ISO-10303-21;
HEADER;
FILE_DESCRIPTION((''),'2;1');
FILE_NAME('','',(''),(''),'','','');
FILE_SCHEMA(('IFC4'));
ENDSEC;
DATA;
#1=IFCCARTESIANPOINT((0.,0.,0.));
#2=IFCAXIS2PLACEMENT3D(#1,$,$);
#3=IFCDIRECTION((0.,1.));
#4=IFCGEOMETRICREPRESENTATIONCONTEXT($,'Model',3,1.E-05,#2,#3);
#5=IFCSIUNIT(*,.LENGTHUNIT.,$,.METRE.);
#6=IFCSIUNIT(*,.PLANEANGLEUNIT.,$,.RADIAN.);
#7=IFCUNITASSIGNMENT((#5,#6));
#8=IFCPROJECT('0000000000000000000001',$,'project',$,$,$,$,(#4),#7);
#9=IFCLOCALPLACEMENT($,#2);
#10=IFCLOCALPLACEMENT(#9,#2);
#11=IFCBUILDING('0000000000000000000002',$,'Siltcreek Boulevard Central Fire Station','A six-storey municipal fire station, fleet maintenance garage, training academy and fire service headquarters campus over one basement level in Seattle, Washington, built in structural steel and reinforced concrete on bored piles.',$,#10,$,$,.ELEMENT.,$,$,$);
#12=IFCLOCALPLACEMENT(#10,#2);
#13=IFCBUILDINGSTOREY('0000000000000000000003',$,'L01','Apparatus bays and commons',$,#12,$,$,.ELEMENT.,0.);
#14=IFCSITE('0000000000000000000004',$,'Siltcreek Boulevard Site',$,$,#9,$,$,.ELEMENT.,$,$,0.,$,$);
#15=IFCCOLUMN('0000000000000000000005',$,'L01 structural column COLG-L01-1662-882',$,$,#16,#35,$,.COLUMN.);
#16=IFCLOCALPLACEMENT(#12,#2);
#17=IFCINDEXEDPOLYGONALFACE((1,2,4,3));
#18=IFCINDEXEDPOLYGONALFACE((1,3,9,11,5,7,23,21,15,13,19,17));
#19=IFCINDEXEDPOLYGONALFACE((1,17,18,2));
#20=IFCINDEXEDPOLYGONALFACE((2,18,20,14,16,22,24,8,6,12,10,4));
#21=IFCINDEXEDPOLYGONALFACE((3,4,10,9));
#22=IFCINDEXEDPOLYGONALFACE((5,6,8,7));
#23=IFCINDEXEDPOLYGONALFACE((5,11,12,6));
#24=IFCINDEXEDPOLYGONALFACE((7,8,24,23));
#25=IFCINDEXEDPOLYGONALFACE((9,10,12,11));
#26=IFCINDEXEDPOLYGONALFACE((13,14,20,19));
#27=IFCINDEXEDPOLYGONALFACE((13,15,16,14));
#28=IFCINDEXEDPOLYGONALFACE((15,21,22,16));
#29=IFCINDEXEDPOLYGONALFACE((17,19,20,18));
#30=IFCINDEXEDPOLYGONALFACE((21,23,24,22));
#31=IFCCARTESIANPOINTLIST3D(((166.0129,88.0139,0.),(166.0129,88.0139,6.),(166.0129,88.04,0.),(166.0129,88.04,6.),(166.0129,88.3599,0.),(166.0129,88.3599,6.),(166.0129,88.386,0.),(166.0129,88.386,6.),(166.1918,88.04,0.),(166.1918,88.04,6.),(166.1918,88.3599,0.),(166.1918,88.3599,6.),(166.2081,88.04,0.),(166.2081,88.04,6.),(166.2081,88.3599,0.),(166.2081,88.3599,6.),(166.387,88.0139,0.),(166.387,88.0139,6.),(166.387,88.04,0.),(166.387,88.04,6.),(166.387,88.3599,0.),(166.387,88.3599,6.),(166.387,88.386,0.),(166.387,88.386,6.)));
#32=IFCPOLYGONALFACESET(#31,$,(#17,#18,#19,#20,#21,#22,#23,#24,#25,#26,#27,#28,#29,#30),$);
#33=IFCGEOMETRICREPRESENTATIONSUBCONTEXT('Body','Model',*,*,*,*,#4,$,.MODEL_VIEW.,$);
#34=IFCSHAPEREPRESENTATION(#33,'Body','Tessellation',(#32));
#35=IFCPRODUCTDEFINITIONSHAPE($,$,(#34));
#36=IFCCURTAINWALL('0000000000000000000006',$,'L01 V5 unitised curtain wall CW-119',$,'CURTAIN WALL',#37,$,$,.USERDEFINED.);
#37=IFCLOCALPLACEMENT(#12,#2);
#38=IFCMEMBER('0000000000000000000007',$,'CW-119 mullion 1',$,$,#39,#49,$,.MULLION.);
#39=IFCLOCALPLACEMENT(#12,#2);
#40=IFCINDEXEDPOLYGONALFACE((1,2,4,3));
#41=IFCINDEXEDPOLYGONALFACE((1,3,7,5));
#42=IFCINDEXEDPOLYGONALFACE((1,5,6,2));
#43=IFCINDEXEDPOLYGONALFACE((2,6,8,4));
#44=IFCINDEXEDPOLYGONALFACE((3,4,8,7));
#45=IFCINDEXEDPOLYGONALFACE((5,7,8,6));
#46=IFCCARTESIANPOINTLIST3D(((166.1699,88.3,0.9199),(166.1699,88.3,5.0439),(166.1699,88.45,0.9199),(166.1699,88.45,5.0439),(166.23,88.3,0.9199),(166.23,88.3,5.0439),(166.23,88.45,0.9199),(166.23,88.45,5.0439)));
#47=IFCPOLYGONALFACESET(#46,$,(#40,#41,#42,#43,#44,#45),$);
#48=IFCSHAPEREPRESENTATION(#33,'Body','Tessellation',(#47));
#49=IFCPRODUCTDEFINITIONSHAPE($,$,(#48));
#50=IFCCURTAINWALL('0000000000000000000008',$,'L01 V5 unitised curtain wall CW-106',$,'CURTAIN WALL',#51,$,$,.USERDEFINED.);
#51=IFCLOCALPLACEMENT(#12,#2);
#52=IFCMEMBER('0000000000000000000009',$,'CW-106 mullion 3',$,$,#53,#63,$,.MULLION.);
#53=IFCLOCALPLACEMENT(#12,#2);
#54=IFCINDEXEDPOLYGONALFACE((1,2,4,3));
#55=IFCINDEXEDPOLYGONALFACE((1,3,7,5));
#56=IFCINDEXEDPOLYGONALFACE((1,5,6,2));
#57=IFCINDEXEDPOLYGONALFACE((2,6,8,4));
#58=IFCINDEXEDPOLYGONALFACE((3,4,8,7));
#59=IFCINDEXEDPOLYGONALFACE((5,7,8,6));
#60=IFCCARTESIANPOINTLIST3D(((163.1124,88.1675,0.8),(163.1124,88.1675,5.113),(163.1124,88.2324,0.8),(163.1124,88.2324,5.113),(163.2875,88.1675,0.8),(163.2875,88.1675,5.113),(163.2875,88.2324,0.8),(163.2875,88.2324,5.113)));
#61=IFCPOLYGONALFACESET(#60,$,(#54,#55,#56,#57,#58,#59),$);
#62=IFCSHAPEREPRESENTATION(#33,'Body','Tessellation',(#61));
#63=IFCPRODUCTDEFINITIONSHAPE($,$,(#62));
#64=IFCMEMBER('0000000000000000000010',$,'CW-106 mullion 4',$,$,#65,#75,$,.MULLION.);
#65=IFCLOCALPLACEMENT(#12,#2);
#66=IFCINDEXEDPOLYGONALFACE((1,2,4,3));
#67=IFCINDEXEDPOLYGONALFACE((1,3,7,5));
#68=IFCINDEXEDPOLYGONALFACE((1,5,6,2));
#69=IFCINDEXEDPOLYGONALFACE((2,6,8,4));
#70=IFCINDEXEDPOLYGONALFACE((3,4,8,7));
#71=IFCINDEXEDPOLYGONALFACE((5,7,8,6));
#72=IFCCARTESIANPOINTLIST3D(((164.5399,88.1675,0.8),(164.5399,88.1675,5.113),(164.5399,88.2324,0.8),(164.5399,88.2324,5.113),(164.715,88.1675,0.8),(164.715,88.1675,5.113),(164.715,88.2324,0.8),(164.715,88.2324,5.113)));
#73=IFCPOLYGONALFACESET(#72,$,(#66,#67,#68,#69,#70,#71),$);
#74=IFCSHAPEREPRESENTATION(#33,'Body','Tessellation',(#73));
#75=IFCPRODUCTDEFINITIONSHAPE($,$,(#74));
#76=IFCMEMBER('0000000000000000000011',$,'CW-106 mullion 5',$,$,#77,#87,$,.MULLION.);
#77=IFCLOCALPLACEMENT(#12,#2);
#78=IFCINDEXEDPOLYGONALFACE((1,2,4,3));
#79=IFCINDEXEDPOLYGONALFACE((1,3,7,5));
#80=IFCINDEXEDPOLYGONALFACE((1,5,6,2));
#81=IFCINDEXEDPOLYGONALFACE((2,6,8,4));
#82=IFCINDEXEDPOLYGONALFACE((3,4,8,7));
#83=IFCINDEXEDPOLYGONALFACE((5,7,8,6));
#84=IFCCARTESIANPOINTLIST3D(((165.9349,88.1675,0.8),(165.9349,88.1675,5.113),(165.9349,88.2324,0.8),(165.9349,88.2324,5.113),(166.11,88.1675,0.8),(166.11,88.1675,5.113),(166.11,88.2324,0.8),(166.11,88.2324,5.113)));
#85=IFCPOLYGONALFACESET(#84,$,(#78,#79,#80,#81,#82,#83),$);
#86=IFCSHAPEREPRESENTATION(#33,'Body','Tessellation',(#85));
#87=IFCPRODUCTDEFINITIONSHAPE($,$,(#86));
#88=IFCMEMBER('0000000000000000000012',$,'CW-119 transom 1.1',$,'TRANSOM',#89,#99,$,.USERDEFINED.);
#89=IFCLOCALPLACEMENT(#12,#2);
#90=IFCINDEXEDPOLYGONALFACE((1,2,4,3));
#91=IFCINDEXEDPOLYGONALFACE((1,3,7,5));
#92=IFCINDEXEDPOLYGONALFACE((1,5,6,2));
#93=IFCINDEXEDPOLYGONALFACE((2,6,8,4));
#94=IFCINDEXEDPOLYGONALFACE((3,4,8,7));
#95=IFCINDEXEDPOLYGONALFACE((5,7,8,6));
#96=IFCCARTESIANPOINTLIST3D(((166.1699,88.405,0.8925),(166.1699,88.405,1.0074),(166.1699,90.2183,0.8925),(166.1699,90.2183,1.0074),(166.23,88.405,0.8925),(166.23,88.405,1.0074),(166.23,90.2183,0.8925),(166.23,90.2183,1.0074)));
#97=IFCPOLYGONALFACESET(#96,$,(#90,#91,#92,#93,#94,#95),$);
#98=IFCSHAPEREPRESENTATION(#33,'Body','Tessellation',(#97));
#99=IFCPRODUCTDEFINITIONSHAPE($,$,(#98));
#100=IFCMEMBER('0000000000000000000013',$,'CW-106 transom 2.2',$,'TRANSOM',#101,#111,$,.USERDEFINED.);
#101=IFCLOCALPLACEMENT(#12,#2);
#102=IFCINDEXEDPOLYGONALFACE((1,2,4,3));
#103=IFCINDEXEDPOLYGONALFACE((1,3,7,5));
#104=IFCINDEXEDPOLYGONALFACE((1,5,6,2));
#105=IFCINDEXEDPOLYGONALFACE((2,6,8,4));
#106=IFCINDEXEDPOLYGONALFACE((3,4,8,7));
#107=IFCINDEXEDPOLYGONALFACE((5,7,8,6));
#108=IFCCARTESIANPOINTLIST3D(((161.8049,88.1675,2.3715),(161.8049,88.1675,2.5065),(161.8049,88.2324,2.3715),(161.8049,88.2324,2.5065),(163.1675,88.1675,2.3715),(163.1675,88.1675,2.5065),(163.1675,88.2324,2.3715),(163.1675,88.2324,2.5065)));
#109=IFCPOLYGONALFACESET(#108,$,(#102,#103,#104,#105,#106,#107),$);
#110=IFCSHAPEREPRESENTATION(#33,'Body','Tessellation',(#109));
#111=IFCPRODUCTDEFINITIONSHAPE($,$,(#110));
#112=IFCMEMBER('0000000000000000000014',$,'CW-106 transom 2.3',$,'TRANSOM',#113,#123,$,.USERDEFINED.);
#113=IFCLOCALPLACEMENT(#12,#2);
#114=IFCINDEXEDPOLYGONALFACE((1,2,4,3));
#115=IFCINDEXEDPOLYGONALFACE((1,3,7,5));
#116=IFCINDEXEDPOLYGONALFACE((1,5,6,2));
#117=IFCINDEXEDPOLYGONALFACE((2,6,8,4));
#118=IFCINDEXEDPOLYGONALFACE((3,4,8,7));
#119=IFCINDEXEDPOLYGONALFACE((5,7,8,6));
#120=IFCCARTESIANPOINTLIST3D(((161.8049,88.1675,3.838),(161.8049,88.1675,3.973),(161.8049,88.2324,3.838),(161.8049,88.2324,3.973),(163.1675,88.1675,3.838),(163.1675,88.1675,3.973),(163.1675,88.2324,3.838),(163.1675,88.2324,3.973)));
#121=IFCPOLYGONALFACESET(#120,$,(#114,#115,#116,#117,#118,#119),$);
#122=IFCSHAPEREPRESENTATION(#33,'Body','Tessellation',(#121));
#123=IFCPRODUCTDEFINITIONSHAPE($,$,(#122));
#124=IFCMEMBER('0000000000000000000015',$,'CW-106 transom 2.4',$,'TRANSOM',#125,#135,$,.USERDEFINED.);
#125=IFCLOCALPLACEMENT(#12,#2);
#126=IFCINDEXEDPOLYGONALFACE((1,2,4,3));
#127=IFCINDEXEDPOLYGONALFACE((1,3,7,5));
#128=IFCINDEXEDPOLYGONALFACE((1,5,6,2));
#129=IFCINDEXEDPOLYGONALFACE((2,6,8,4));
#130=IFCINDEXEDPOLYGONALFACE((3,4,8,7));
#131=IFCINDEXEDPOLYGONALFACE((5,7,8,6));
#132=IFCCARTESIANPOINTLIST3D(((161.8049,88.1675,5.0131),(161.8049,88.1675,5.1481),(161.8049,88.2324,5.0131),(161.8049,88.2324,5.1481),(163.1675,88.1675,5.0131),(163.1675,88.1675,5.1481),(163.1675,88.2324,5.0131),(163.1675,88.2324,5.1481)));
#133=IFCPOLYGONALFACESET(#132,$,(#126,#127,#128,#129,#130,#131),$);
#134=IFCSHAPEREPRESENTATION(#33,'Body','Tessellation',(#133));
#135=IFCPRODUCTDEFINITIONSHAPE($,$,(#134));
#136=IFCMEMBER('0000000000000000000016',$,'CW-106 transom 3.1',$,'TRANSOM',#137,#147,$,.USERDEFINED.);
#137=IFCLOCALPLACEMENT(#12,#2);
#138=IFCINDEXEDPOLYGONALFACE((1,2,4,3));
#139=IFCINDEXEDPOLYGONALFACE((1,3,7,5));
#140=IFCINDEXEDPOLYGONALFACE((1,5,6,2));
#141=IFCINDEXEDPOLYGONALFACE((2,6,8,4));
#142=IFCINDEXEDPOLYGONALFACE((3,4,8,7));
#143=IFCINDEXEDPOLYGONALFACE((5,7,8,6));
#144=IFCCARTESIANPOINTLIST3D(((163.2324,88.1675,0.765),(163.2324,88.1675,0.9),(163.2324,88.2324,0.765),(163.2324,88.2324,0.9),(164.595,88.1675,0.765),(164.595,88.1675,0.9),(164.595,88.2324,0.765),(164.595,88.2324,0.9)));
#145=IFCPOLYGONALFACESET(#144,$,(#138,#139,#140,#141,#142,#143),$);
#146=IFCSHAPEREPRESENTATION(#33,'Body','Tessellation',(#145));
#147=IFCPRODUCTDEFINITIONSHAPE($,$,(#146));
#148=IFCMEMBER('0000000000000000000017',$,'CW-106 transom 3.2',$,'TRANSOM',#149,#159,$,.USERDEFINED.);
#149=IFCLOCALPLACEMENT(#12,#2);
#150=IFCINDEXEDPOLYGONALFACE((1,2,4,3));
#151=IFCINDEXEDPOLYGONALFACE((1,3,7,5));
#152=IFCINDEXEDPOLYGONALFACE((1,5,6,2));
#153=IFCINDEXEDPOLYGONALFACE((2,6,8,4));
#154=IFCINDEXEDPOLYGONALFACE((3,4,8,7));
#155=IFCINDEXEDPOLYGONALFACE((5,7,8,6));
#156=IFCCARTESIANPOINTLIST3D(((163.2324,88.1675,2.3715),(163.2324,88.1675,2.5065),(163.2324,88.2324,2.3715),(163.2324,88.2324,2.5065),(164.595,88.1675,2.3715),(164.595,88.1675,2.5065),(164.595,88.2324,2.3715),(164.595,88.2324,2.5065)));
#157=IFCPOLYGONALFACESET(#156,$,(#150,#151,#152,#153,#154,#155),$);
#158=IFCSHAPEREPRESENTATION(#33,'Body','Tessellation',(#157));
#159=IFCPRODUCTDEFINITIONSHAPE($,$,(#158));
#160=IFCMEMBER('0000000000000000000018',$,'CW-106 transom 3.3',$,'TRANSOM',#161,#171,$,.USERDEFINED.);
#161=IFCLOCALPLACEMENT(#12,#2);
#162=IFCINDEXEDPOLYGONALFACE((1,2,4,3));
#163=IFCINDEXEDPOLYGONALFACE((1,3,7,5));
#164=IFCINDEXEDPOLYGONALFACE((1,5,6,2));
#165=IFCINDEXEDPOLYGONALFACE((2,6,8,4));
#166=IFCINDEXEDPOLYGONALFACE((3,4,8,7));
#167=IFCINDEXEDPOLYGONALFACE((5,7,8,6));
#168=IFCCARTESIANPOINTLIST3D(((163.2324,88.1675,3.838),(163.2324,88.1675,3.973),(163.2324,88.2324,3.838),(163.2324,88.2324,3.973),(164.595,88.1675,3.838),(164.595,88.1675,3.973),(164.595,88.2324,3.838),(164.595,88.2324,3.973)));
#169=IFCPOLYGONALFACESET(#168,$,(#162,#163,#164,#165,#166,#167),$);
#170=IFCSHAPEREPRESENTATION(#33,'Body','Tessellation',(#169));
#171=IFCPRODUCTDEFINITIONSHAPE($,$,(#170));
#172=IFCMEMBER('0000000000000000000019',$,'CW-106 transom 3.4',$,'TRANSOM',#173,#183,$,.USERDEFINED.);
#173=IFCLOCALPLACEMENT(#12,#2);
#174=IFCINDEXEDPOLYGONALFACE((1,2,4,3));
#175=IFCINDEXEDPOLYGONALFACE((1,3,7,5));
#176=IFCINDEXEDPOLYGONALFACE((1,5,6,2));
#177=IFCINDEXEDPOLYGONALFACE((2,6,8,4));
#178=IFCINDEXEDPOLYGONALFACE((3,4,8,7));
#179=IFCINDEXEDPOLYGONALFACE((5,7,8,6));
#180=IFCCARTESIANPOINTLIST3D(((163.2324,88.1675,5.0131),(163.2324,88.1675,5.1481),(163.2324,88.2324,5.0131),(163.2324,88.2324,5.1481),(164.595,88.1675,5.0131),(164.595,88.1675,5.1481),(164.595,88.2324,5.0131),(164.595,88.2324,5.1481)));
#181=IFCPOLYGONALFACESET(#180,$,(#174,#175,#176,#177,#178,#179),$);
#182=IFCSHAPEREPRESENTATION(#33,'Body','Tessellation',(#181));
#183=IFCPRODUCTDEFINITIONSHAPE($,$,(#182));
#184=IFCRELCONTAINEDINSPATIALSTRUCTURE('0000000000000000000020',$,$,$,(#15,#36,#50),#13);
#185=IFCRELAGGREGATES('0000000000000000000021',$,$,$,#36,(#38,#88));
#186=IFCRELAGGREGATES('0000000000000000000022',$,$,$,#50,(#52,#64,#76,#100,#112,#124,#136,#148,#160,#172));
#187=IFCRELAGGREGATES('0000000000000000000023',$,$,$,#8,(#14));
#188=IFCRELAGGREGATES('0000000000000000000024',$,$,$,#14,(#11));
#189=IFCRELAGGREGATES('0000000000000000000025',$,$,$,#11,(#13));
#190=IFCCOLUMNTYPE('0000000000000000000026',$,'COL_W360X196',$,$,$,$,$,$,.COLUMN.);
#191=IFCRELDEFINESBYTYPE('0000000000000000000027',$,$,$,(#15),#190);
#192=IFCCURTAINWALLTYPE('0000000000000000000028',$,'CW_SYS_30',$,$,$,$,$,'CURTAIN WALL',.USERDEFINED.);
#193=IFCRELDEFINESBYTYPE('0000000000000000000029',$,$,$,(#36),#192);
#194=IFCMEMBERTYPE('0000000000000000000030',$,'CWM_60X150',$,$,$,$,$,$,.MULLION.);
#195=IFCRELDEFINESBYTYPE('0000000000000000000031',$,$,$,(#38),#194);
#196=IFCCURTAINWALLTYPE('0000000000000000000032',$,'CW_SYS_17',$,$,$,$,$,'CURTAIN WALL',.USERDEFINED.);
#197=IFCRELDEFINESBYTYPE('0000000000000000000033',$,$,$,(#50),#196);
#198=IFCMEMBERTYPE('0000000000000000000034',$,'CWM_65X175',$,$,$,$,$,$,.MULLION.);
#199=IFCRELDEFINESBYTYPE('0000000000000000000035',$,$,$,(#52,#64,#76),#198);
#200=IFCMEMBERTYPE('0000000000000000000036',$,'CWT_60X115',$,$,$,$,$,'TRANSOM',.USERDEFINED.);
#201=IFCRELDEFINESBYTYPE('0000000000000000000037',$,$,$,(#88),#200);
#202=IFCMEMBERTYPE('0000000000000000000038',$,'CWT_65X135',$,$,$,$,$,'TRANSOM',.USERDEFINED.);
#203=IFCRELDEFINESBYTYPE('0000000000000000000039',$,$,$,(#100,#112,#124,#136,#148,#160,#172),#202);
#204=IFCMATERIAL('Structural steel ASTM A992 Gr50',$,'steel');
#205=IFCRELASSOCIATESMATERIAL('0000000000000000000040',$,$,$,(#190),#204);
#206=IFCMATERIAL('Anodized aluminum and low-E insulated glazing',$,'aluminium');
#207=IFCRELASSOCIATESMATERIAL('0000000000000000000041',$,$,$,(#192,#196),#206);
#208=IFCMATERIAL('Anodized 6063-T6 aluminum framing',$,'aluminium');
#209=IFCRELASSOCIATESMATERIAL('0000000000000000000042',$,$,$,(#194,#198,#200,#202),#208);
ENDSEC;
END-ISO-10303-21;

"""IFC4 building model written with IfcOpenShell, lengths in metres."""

from ifc_helpers import new_model, si_unit, direction, frame, origin, origin_2d, place, context, subcontext, project, spatial, rectangle, i_section, extrude, material, material_profile, profile_set, type_object, element, aggregate, save


model = new_model("IFC4")

# Units and contexts
model_context = context("Model", 3, precision=1e-05, world=origin(), true_north=direction((0.0, 1.0)))
body_context = subcontext(model_context, "Body", "Model", "MODEL_VIEW")
ifc_project = project(units=[si_unit("LENGTHUNIT", "METRE"), si_unit("PLANEANGLEUNIT", "RADIAN")], contexts=[model_context])

# Site, building, storey
site_placement = place(None, origin())
site = spatial("IfcSite", under=ifc_project, at=site_placement, Name="Siltcreek Boulevard Site", CompositionType="ELEMENT", RefElevation=0.0)
building_placement = place(site_placement, origin())
building = spatial("IfcBuilding", under=site, at=building_placement, Name="Siltcreek Boulevard Central Fire Station", Description="A six-storey municipal fire station, fleet maintenance garage, training academy and fire service headquarters campus over one basement level in Seattle, Washington, built in structural steel and reinforced concrete on bored piles.", CompositionType="ELEMENT")
storey_placement = place(building_placement, origin())
storey = spatial("IfcBuildingStorey", under=building, at=storey_placement, Name="L01", Description="Apparatus bays and commons", CompositionType="ELEMENT", Elevation=0.0)

# Column
ifc_material_1 = material(Name="Structural steel ASTM A992 Gr50", Category="steel")
ifc_material_profile_1 = material_profile(ifc_material_1, i_section(OverallWidth=0.374, OverallDepth=0.3721, WebThickness=0.0164, FlangeThickness=0.0261, at=origin_2d()), Name="W360X196")
ifc_profile_set_1 = profile_set([ifc_material_profile_1], Name="Structural steel ASTM A992 Gr50")
column_type = type_object("IfcColumnType", Name="COL_W360X196", PredefinedType="COLUMN", material=ifc_profile_set_1)
column_placement = place(storey_placement, frame((166.2, 88.2, 0.0), z_axis=(0.0, 0.0, 1.0), x_axis=(1.0, 0.0, 0.0)))
element("IfcColumn", 1, at=column_placement, inside=storey, type_object=column_type, Name="L01 structural column COLG-L01-1662-882", PredefinedType="COLUMN", context=body_context, shape_type="SweptSolid", body=[
    extrude(i_section(OverallWidth=0.374, OverallDepth=0.3721, WebThickness=0.0164, FlangeThickness=0.0261, at=origin_2d()), origin(), (0.0, 0.0, 1.0), 6.0),
])

# Curtain wall, member
ifc_material_2 = material(Name="Anodized aluminum and low-E insulated glazing", Category="aluminium")
curtain_wall_type_1 = type_object("IfcCurtainWallType", Name="CW_SYS_30", ElementType="CURTAIN WALL", PredefinedType="USERDEFINED", material=ifc_material_2)
curtain_wall_1_placement = place(storey_placement, origin())
curtain_wall_1 = element("IfcCurtainWall", 2, at=curtain_wall_1_placement, inside=storey, type_object=curtain_wall_type_1, Name="L01 V5 unitised curtain wall CW-119", ObjectType="CURTAIN WALL", PredefinedType="USERDEFINED")
ifc_material_3 = material(Name="Anodized 6063-T6 aluminum framing", Category="aluminium")
ifc_material_profile_2 = material_profile(ifc_material_3, rectangle(XDim=0.0601, YDim=0.1499, at=origin_2d()), Name="MULL60X150")
ifc_profile_set_2 = profile_set([ifc_material_profile_2], Name="Anodized 6063-T6 aluminum framing")
member_type_1 = type_object("IfcMemberType", Name="CWM_60X150", PredefinedType="MULLION", material=ifc_profile_set_2)
member_1_placement = place(storey_placement, frame((166.2, 88.375, 0.9199), z_axis=(0.0, 0.0, 1.0), x_axis=(-1.0, 0.0, 0.0)))
member_1 = element("IfcMember", 3, at=member_1_placement, type_object=member_type_1, Name="CW-119 mullion 1", PredefinedType="MULLION", context=body_context, shape_type="SweptSolid", body=[
    extrude(rectangle(XDim=0.0601, YDim=0.1499, at=origin_2d()), origin(), (0.0, 0.0, 1.0), 4.124),
])

# Curtain wall, members
curtain_wall_type_2 = type_object("IfcCurtainWallType", Name="CW_SYS_17", ElementType="CURTAIN WALL", PredefinedType="USERDEFINED", material=ifc_material_2)
curtain_wall_2_placement = place(storey_placement, origin())
curtain_wall_2 = element("IfcCurtainWall", 4, at=curtain_wall_2_placement, inside=storey, type_object=curtain_wall_type_2, Name="L01 V5 unitised curtain wall CW-106", ObjectType="CURTAIN WALL", PredefinedType="USERDEFINED")
ifc_material_profile_3 = material_profile(ifc_material_3, rectangle(XDim=0.0649, YDim=0.175, at=origin_2d()), Name="MULL65X175")
ifc_profile_set_3 = profile_set([ifc_material_profile_3], Name="Anodized 6063-T6 aluminum framing")
member_type_2 = type_object("IfcMemberType", Name="CWM_65X175", PredefinedType="MULLION", material=ifc_profile_set_3)
member_2_placement = place(storey_placement, frame((163.2, 88.2, 0.8), z_axis=(0.0, 0.0, 1.0), x_axis=(0.0, 1.0, 0.0)))
member_2 = element("IfcMember", 5, at=member_2_placement, type_object=member_type_2, Name="CW-106 mullion 3", PredefinedType="MULLION", context=body_context, shape_type="SweptSolid", body=[
    extrude(rectangle(XDim=0.0649, YDim=0.175, at=origin_2d()), origin(), (0.0, 0.0, 1.0), 4.313),
])
member_3_placement = place(storey_placement, frame((164.6274, 88.2, 0.8), z_axis=(0.0, 0.0, 1.0), x_axis=(0.0, 1.0, 0.0)))
member_3 = element("IfcMember", 6, at=member_3_placement, type_object=member_type_2, Name="CW-106 mullion 4", PredefinedType="MULLION", context=body_context, shape_type="SweptSolid", body=[
    extrude(rectangle(XDim=0.0649, YDim=0.175, at=origin_2d()), origin(), (0.0, 0.0, 1.0), 4.313),
])
member_4_placement = place(storey_placement, frame((166.0225, 88.2, 0.8), z_axis=(0.0, 0.0, 1.0), x_axis=(0.0, 1.0, 0.0)))
member_4 = element("IfcMember", 7, at=member_4_placement, type_object=member_type_2, Name="CW-106 mullion 5", PredefinedType="MULLION", context=body_context, shape_type="SweptSolid", body=[
    extrude(rectangle(XDim=0.0649, YDim=0.175, at=origin_2d()), origin(), (0.0, 0.0, 1.0), 4.313),
])

# Members
ifc_material_profile_4 = material_profile(ifc_material_3, rectangle(XDim=0.0601, YDim=0.115, at=origin_2d()), Name="TRAN60X115")
ifc_profile_set_4 = profile_set([ifc_material_profile_4], Name="Anodized 6063-T6 aluminum framing")
member_type_3 = type_object("IfcMemberType", Name="CWT_60X115", ElementType="TRANSOM", PredefinedType="USERDEFINED", material=ifc_profile_set_4)
member_5_placement = place(storey_placement, frame((166.2, 88.405, 0.95), z_axis=(0.0, 1.0, 0.0), x_axis=(-1.0, 0.0, 0.0)))
member_5 = element("IfcMember", 8, at=member_5_placement, type_object=member_type_3, Name="CW-119 transom 1.1", ObjectType="TRANSOM", PredefinedType="USERDEFINED", context=body_context, shape_type="SweptSolid", body=[
    extrude(rectangle(XDim=0.0601, YDim=0.115, at=origin_2d()), origin(), (0.0, 0.0, 1.0), 1.8132),
])
aggregate(curtain_wall_1, [member_1, member_5])
ifc_material_profile_5 = material_profile(ifc_material_3, rectangle(XDim=0.0649, YDim=0.135, at=origin_2d()), Name="TRAN65X135")
ifc_profile_set_5 = profile_set([ifc_material_profile_5], Name="Anodized 6063-T6 aluminum framing")
member_type_4 = type_object("IfcMemberType", Name="CWT_65X135", ElementType="TRANSOM", PredefinedType="USERDEFINED", material=ifc_profile_set_5)
member_6_placement = place(storey_placement, frame((161.8049, 88.2, 2.439), z_axis=(1.0, 0.0, 0.0), x_axis=(0.0, 1.0, 0.0)))
member_6 = element("IfcMember", 9, at=member_6_placement, type_object=member_type_4, Name="CW-106 transom 2.2", ObjectType="TRANSOM", PredefinedType="USERDEFINED", context=body_context, shape_type="SweptSolid", body=[
    extrude(rectangle(XDim=0.0649, YDim=0.135, at=origin_2d()), origin(), (0.0, 0.0, 1.0), 1.3625),
])
member_7_placement = place(storey_placement, frame((161.8049, 88.2, 3.9055), z_axis=(1.0, 0.0, 0.0), x_axis=(0.0, 1.0, 0.0)))
member_7 = element("IfcMember", 10, at=member_7_placement, type_object=member_type_4, Name="CW-106 transom 2.3", ObjectType="TRANSOM", PredefinedType="USERDEFINED", context=body_context, shape_type="SweptSolid", body=[
    extrude(rectangle(XDim=0.0649, YDim=0.135, at=origin_2d()), origin(), (0.0, 0.0, 1.0), 1.3625),
])
member_8_placement = place(storey_placement, frame((161.8049, 88.2, 5.0806), z_axis=(1.0, 0.0, 0.0), x_axis=(0.0, 1.0, 0.0)))
member_8 = element("IfcMember", 11, at=member_8_placement, type_object=member_type_4, Name="CW-106 transom 2.4", ObjectType="TRANSOM", PredefinedType="USERDEFINED", context=body_context, shape_type="SweptSolid", body=[
    extrude(rectangle(XDim=0.0649, YDim=0.135, at=origin_2d()), origin(), (0.0, 0.0, 1.0), 1.3625),
])
member_9_placement = place(storey_placement, frame((163.2324, 88.2, 0.8325), z_axis=(1.0, 0.0, 0.0), x_axis=(0.0, 1.0, 0.0)))
member_9 = element("IfcMember", 12, at=member_9_placement, type_object=member_type_4, Name="CW-106 transom 3.1", ObjectType="TRANSOM", PredefinedType="USERDEFINED", context=body_context, shape_type="SweptSolid", body=[
    extrude(rectangle(XDim=0.0649, YDim=0.135, at=origin_2d()), origin(), (0.0, 0.0, 1.0), 1.3625),
])
member_10_placement = place(storey_placement, frame((163.2324, 88.2, 2.439), z_axis=(1.0, 0.0, 0.0), x_axis=(0.0, 1.0, 0.0)))
member_10 = element("IfcMember", 13, at=member_10_placement, type_object=member_type_4, Name="CW-106 transom 3.2", ObjectType="TRANSOM", PredefinedType="USERDEFINED", context=body_context, shape_type="SweptSolid", body=[
    extrude(rectangle(XDim=0.0649, YDim=0.135, at=origin_2d()), origin(), (0.0, 0.0, 1.0), 1.3625),
])
member_11_placement = place(storey_placement, frame((163.2324, 88.2, 3.9055), z_axis=(1.0, 0.0, 0.0), x_axis=(0.0, 1.0, 0.0)))
member_11 = element("IfcMember", 14, at=member_11_placement, type_object=member_type_4, Name="CW-106 transom 3.3", ObjectType="TRANSOM", PredefinedType="USERDEFINED", context=body_context, shape_type="SweptSolid", body=[
    extrude(rectangle(XDim=0.0649, YDim=0.135, at=origin_2d()), origin(), (0.0, 0.0, 1.0), 1.3625),
])
member_12_placement = place(storey_placement, frame((163.2324, 88.2, 5.0806), z_axis=(1.0, 0.0, 0.0), x_axis=(0.0, 1.0, 0.0)))
member_12 = element("IfcMember", 15, at=member_12_placement, type_object=member_type_4, Name="CW-106 transom 3.4", ObjectType="TRANSOM", PredefinedType="USERDEFINED", context=body_context, shape_type="SweptSolid", body=[
    extrude(rectangle(XDim=0.0649, YDim=0.135, at=origin_2d()), origin(), (0.0, 0.0, 1.0), 1.3625),
])

aggregate(curtain_wall_2, [member_2, member_3, member_4, member_6, member_7, member_8, member_9, member_10, member_11, member_12])

save(model, "model.ifc")
